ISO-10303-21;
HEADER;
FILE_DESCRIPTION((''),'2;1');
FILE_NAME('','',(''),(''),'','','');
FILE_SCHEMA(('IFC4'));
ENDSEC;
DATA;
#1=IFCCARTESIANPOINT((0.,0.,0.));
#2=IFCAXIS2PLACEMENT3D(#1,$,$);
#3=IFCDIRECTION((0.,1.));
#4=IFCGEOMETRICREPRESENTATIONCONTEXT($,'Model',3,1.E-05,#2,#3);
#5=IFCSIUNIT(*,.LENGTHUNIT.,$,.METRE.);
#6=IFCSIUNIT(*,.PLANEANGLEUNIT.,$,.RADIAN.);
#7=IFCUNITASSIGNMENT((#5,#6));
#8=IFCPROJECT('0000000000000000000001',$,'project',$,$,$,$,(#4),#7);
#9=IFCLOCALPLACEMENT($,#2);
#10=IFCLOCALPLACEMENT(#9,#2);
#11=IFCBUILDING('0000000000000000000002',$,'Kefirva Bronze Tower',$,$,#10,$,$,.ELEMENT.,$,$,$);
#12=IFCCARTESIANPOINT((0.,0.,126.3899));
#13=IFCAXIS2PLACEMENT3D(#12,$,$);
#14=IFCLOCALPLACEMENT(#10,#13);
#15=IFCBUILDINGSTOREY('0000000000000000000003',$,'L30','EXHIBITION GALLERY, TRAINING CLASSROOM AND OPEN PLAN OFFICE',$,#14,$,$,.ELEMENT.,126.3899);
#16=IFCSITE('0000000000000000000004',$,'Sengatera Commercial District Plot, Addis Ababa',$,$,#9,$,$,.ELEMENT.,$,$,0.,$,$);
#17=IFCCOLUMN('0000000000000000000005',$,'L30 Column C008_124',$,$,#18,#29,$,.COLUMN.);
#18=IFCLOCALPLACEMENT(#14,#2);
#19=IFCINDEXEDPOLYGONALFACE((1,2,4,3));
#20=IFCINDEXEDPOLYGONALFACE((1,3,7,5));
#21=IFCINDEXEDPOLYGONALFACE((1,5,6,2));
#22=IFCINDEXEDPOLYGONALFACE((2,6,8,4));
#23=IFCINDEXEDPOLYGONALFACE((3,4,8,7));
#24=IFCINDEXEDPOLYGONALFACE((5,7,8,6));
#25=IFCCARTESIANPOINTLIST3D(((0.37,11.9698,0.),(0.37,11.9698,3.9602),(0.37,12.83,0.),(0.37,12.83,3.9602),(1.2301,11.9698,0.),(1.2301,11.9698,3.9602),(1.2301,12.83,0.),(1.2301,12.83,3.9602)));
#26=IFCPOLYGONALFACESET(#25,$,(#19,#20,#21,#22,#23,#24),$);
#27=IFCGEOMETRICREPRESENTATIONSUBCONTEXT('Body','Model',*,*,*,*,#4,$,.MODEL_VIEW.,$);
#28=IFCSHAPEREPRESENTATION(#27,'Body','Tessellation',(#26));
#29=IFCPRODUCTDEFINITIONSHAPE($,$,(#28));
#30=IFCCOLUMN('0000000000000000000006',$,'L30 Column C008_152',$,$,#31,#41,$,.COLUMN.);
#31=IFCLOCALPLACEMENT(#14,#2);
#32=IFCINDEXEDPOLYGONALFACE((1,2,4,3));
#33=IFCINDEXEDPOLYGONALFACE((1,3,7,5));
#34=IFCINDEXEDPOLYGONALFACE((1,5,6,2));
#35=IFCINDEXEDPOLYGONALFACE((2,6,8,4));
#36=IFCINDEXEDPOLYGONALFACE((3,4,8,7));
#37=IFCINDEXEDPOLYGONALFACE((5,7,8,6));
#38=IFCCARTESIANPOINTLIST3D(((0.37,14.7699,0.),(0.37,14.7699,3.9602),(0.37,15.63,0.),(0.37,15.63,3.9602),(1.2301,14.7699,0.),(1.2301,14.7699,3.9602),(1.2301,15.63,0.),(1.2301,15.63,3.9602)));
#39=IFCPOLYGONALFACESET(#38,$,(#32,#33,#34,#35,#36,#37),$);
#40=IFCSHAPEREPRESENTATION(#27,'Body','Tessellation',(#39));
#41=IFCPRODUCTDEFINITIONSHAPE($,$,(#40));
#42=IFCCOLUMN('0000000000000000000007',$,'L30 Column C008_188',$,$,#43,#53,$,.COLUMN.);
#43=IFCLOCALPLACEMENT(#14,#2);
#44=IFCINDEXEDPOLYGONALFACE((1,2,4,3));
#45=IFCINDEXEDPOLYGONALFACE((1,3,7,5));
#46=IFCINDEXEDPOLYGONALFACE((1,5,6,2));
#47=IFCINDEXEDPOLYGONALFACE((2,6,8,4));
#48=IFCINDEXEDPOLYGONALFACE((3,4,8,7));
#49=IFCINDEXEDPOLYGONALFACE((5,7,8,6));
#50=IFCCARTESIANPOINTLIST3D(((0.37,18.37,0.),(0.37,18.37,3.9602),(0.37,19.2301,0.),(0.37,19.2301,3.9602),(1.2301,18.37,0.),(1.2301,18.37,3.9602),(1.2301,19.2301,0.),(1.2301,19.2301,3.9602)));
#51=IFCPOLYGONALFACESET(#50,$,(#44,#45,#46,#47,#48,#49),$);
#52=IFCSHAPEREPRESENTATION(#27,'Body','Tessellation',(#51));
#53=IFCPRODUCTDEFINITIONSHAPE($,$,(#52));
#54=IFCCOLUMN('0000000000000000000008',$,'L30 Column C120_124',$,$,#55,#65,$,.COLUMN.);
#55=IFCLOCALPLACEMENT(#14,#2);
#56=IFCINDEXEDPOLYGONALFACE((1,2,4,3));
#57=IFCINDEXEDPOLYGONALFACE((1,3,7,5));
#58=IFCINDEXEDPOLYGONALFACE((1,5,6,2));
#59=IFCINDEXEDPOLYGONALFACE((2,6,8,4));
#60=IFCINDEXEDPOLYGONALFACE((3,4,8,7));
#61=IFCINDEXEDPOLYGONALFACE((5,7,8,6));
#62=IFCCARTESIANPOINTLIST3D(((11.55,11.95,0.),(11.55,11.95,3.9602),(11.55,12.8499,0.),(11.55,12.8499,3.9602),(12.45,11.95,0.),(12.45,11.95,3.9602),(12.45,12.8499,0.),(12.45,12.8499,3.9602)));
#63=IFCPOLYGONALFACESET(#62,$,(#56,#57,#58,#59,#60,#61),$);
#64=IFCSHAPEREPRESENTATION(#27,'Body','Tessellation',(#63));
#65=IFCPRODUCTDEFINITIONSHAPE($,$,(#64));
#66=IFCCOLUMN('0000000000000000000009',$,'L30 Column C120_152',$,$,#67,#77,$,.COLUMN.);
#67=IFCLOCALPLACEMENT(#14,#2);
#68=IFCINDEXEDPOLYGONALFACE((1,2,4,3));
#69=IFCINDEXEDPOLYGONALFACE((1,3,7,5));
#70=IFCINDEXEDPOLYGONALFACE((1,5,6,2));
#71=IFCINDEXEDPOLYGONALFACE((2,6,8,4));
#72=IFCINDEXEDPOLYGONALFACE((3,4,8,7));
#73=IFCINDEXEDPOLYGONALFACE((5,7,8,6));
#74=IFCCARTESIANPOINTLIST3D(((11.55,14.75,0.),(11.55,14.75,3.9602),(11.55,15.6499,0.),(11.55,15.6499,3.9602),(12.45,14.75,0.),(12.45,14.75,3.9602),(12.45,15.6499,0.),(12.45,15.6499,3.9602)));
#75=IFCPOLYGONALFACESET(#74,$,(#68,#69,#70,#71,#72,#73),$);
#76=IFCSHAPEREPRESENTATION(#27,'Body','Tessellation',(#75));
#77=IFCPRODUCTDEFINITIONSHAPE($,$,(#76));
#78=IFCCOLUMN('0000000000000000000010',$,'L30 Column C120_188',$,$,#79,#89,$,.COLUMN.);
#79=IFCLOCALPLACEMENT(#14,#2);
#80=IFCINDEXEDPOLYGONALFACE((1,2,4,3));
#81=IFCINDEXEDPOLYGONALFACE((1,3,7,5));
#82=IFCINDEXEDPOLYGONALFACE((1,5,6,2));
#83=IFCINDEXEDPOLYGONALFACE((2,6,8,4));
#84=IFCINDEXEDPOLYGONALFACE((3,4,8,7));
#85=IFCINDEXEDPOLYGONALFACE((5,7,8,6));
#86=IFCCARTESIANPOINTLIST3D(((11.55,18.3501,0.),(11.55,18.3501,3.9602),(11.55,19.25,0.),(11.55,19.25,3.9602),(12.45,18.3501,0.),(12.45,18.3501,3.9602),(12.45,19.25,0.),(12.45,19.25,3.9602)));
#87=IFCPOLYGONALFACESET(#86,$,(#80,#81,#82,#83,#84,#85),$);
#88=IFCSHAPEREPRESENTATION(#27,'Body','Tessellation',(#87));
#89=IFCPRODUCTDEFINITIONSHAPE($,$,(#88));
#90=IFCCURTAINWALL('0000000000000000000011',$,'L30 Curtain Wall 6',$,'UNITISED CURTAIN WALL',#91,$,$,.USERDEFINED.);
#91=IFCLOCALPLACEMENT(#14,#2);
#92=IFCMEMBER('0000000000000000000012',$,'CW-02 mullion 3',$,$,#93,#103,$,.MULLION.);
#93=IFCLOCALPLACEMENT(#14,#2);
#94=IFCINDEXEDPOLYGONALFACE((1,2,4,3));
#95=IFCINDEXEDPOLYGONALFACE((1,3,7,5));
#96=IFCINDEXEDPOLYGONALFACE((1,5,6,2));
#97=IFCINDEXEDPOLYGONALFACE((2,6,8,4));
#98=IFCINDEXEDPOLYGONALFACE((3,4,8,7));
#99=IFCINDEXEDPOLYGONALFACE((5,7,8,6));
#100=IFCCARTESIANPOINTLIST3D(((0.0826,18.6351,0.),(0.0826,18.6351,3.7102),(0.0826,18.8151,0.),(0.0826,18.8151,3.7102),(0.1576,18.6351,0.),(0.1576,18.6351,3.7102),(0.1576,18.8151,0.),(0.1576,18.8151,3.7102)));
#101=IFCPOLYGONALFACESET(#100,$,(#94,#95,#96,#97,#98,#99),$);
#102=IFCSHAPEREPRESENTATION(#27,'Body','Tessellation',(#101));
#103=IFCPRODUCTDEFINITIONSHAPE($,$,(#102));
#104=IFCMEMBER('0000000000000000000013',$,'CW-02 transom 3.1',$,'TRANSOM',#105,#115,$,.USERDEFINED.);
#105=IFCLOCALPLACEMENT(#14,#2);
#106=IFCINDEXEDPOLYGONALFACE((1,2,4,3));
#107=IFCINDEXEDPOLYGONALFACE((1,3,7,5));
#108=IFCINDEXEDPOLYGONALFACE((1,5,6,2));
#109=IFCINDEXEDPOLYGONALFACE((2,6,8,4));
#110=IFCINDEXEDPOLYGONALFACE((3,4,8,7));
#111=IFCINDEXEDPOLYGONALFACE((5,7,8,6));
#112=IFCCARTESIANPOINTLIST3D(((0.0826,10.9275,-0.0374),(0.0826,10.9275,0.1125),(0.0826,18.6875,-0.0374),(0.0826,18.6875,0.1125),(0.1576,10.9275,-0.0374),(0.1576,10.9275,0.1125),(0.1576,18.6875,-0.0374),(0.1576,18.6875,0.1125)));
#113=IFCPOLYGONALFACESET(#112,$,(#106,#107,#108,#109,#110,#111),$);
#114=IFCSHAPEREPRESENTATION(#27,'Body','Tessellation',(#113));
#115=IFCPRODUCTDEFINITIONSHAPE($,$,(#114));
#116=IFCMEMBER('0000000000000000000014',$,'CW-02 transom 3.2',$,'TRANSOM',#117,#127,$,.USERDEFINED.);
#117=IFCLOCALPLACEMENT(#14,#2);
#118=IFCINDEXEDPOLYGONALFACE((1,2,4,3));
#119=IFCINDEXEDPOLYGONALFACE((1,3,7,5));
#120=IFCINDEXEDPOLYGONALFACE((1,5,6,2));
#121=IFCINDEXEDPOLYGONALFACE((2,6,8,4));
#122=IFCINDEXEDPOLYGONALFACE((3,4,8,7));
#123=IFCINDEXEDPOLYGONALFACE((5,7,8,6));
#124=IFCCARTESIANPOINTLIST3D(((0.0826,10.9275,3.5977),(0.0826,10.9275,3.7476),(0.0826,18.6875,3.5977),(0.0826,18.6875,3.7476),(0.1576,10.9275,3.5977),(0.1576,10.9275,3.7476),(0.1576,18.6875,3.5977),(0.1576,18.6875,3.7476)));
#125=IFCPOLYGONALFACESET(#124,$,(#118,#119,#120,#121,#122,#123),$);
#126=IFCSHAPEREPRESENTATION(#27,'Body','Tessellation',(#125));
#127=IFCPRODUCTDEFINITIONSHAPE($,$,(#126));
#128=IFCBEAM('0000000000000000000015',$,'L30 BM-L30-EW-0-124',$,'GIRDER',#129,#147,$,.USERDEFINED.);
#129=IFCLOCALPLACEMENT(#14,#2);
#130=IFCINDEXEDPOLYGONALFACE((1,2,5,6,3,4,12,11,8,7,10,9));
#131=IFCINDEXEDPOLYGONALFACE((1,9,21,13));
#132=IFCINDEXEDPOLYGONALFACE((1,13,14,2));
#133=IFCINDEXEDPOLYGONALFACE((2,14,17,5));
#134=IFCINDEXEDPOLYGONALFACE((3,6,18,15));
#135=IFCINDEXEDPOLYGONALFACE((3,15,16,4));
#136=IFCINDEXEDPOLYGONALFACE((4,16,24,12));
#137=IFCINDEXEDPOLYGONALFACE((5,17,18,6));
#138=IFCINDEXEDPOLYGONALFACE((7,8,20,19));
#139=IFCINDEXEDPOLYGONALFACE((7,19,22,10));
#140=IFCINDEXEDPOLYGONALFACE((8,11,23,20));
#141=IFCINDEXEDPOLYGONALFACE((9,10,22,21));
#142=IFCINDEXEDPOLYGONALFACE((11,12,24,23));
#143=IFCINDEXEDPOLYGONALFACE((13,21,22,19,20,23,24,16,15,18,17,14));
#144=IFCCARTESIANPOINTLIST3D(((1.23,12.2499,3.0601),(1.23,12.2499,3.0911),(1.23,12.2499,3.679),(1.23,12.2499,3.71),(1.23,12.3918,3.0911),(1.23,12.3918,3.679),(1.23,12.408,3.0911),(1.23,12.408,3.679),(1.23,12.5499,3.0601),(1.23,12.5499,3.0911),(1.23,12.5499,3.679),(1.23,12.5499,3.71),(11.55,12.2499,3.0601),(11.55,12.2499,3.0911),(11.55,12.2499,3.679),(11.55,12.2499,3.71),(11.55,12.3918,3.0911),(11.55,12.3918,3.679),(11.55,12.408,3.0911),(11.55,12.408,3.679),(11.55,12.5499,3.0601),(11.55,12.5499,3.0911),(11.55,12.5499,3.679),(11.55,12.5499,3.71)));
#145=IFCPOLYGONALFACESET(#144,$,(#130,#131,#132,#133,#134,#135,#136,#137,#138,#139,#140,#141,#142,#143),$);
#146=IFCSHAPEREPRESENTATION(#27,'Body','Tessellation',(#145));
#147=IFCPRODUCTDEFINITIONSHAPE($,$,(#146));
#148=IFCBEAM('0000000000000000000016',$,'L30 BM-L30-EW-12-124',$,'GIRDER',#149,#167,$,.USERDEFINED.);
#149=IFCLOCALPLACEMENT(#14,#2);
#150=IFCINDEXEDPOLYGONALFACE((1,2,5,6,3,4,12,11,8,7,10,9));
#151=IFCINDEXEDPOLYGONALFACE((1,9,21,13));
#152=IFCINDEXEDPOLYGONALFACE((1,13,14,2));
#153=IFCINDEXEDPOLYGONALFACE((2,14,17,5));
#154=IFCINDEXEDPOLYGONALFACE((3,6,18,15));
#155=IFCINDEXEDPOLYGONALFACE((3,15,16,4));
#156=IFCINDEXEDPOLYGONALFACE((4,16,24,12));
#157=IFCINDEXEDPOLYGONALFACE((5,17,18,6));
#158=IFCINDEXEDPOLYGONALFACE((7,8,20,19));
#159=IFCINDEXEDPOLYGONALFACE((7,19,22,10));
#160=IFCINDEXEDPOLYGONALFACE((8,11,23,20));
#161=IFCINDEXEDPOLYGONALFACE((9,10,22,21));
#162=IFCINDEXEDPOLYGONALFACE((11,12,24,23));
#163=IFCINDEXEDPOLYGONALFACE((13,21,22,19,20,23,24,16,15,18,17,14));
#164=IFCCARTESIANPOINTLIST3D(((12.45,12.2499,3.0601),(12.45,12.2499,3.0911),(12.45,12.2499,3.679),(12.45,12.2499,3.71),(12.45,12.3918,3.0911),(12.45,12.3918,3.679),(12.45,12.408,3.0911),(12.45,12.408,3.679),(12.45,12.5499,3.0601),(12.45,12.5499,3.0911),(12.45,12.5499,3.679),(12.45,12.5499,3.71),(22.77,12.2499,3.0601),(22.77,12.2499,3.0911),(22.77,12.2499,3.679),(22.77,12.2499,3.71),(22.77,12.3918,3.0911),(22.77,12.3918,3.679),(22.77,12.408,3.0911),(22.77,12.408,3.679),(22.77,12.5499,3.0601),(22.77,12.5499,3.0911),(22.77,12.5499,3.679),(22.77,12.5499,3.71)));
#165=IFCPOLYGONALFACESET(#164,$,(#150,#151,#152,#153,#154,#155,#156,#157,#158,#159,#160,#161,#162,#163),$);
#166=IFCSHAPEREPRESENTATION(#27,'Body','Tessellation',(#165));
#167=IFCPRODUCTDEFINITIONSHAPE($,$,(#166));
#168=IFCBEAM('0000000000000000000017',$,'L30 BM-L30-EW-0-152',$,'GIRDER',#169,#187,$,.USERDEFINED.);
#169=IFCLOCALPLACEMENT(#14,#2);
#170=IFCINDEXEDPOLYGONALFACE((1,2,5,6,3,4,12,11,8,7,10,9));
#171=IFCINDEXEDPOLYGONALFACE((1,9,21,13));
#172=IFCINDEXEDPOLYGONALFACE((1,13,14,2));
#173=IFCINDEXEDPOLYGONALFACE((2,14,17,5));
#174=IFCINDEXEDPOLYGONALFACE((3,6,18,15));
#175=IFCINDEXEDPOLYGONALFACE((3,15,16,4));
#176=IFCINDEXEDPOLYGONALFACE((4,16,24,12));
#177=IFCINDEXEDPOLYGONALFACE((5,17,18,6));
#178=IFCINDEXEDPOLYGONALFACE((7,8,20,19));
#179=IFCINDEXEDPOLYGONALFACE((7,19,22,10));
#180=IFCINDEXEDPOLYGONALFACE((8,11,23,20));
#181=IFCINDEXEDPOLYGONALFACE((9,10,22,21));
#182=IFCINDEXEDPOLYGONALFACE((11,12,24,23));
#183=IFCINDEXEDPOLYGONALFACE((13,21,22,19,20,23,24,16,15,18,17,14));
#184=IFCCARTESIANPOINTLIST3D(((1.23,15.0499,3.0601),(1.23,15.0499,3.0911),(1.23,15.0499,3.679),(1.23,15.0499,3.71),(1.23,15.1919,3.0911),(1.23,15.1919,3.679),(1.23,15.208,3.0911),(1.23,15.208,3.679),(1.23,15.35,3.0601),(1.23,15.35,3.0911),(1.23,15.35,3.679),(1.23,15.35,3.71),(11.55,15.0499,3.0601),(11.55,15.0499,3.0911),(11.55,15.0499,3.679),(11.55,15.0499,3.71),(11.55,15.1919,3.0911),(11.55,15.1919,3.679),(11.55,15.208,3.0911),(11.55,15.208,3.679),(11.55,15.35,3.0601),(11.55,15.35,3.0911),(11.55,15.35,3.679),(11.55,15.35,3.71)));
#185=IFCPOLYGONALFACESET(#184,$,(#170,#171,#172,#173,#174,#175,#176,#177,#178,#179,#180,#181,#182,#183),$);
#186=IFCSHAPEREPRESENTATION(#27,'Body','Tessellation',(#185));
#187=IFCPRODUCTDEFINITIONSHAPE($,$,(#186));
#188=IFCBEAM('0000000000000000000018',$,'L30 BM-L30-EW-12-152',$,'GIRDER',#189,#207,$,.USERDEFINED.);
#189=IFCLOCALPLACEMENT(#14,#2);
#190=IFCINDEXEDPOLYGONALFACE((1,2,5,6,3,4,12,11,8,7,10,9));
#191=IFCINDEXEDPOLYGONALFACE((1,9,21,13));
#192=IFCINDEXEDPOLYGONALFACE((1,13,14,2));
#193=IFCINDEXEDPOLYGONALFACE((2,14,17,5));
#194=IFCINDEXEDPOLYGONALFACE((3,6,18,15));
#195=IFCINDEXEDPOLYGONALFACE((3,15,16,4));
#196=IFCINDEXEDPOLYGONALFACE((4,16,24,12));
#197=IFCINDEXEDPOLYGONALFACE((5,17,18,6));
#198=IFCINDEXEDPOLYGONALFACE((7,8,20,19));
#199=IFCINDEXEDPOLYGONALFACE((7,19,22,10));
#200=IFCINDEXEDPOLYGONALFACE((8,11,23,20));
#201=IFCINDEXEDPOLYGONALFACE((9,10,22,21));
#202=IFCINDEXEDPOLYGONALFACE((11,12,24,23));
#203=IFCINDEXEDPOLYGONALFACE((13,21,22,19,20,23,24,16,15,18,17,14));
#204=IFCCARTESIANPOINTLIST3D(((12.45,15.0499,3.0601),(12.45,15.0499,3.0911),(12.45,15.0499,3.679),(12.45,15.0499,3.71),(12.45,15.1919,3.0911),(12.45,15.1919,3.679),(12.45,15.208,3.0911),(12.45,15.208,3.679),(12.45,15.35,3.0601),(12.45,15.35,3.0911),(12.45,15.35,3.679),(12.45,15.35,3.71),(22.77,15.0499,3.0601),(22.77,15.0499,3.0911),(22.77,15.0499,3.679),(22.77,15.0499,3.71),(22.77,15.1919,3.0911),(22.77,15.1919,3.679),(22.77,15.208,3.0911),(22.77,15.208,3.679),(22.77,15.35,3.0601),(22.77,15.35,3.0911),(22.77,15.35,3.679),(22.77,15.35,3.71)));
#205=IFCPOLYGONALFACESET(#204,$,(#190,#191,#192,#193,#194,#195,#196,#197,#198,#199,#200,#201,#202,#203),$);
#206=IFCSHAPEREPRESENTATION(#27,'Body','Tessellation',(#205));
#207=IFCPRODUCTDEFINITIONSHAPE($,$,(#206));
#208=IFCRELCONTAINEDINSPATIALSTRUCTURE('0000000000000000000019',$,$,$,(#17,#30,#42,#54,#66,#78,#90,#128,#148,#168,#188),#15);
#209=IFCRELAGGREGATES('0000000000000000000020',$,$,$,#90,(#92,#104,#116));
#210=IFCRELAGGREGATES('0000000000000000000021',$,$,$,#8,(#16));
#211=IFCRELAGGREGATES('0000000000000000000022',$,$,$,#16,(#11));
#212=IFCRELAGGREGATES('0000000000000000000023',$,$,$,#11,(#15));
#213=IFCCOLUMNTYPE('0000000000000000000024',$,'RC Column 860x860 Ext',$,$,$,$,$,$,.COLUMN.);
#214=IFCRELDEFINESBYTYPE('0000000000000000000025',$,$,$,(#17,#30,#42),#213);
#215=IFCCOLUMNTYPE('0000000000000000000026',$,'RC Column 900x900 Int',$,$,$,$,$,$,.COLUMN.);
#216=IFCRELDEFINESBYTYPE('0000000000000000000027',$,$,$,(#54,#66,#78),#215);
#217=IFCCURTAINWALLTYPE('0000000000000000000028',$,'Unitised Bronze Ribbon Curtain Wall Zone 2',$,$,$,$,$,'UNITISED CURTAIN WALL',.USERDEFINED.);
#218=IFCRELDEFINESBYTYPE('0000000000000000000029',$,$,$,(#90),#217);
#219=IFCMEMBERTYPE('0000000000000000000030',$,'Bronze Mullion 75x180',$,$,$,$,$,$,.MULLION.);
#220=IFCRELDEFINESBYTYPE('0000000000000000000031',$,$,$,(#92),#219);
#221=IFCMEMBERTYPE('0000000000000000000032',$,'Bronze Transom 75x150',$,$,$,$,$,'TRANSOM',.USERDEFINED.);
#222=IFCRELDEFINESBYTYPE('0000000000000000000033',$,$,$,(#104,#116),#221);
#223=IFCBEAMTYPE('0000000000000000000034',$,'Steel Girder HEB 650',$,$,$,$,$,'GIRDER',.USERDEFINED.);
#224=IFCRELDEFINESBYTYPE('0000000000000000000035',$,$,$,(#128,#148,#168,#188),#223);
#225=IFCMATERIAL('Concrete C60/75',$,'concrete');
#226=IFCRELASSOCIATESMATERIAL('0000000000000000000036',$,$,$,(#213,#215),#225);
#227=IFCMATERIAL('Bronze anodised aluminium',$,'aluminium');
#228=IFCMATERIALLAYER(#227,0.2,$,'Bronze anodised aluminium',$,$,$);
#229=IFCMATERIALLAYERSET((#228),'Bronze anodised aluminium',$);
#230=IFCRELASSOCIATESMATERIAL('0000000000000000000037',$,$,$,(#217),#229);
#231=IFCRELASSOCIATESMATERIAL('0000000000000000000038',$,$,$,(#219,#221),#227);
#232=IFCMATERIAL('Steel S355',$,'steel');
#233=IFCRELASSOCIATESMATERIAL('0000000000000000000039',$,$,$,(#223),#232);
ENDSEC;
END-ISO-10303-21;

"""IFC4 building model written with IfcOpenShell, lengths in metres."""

from ifc_helpers import new_model, si_unit, direction, frame, origin, origin_2d, place, context, subcontext, project, spatial, rectangle, i_section, extrude, material, layer, layer_set, material_profile, profile_set, type_object, element, aggregate, save


model = new_model("IFC4")

# Units and contexts
model_context = context("Model", 3, precision=1e-05, world=origin(), true_north=direction((0.0, 1.0)))
body_context = subcontext(model_context, "Body", "Model", "MODEL_VIEW")
ifc_project = project(units=[si_unit("LENGTHUNIT", "METRE"), si_unit("PLANEANGLEUNIT", "RADIAN")], contexts=[model_context])

# Site, building, storey
site_placement = place(None, origin())
site = spatial("IfcSite", under=ifc_project, at=site_placement, Name="Sengatera Commercial District Plot, Addis Ababa", CompositionType="ELEMENT", RefElevation=0.0)
building_placement = place(site_placement, origin())
building = spatial("IfcBuilding", under=site, at=building_placement, Name="Kefirva Bronze Tower", CompositionType="ELEMENT")
storey_placement = place(building_placement, frame((0.0, 0.0, 126.3899)))
storey = spatial("IfcBuildingStorey", under=building, at=storey_placement, Name="L30", Description="EXHIBITION GALLERY, TRAINING CLASSROOM AND OPEN PLAN OFFICE", CompositionType="ELEMENT", Elevation=126.3899)

# Columns
ifc_material_1 = material(Name="Concrete C60/75", Category="concrete")
ifc_material_profile_1 = material_profile(ifc_material_1, rectangle(XDim=0.8601, YDim=0.8601, at=origin_2d()), Name="RC 860x860")
ifc_profile_set_1 = profile_set([ifc_material_profile_1], Name="Concrete C60/75")
column_type_1 = type_object("IfcColumnType", Name="RC Column 860x860 Ext", PredefinedType="COLUMN", material=ifc_profile_set_1)
for number, where, z_axis, x_axis, name in (
    (1, (0.8, 12.3999, 0.0), (0.0, 0.0, 1.0), (1.0, 0.0, 0.0), "L30 Column C008_124"),
    (2, (0.8, 15.2, 0.0), (0.0, 0.0, 1.0), (1.0, 0.0, 0.0), "L30 Column C008_152"),
    (3, (0.8, 18.8, 0.0), (0.0, 0.0, 1.0), (1.0, 0.0, 0.0), "L30 Column C008_188"),
):
    element("IfcColumn", number, at=place(storey_placement, frame(where, z_axis=z_axis, x_axis=x_axis)), inside=storey, type_object=column_type_1, Name=name, PredefinedType="COLUMN", context=body_context, shape_type="SweptSolid", body=[
        extrude(rectangle(XDim=0.8601, YDim=0.8601, at=origin_2d()), origin(), (0.0, 0.0, 1.0), 3.9602),
    ])
ifc_material_profile_2 = material_profile(ifc_material_1, rectangle(XDim=0.8999, YDim=0.8999, at=origin_2d()), Name="RC 900x900")
ifc_profile_set_2 = profile_set([ifc_material_profile_2], Name="Concrete C60/75")
column_type_2 = type_object("IfcColumnType", Name="RC Column 900x900 Int", PredefinedType="COLUMN", material=ifc_profile_set_2)
for number, where, z_axis, x_axis, name in (
    (4, (12.0, 12.3999, 0.0), (0.0, 0.0, 1.0), (1.0, 0.0, 0.0), "L30 Column C120_124"),
    (5, (12.0, 15.2, 0.0), (0.0, 0.0, 1.0), (1.0, 0.0, 0.0), "L30 Column C120_152"),
    (6, (12.0, 18.8, 0.0), (0.0, 0.0, 1.0), (1.0, 0.0, 0.0), "L30 Column C120_188"),
):
    element("IfcColumn", number, at=place(storey_placement, frame(where, z_axis=z_axis, x_axis=x_axis)), inside=storey, type_object=column_type_2, Name=name, PredefinedType="COLUMN", context=body_context, shape_type="SweptSolid", body=[
        extrude(rectangle(XDim=0.8999, YDim=0.8999, at=origin_2d()), origin(), (0.0, 0.0, 1.0), 3.9602),
    ])

# Curtain wall, members
ifc_material_2 = material(Name="Bronze anodised aluminium", Category="aluminium")
ifc_layer_1 = layer(ifc_material_2, 0.2, Name="Bronze anodised aluminium")
ifc_layer_set_1 = layer_set([ifc_layer_1], Name="Bronze anodised aluminium")
curtain_wall_type = type_object("IfcCurtainWallType", Name="Unitised Bronze Ribbon Curtain Wall Zone 2", ElementType="UNITISED CURTAIN WALL", PredefinedType="USERDEFINED", material=ifc_layer_set_1)
curtain_wall_placement = place(storey_placement, origin())
curtain_wall = element("IfcCurtainWall", 7, at=curtain_wall_placement, inside=storey, type_object=curtain_wall_type, Name="L30 Curtain Wall 6", ObjectType="UNITISED CURTAIN WALL", PredefinedType="USERDEFINED")
ifc_material_profile_3 = material_profile(ifc_material_2, rectangle(XDim=0.075, YDim=0.1799, at=origin_2d()), Name="ALU 75x180")
ifc_profile_set_3 = profile_set([ifc_material_profile_3], Name="Bronze anodised aluminium")
member_type_1 = type_object("IfcMemberType", Name="Bronze Mullion 75x180", PredefinedType="MULLION", material=ifc_profile_set_3)
member_1_placement = place(storey_placement, frame((0.1201, 18.7251, 0.0), z_axis=(0.0, 0.0, 1.0), x_axis=(1.0, 0.0, 0.0)))
member_1 = element("IfcMember", 8, at=member_1_placement, type_object=member_type_1, Name="CW-02 mullion 3", PredefinedType="MULLION", context=body_context, shape_type="SweptSolid", body=[
    extrude(rectangle(XDim=0.075, YDim=0.1799, at=origin_2d()), origin(), (0.0, 0.0, 1.0), 3.7102),
])
ifc_material_profile_4 = material_profile(ifc_material_2, rectangle(XDim=0.075, YDim=0.1499, at=origin_2d()), Name="ALU 75x150")
ifc_profile_set_4 = profile_set([ifc_material_profile_4], Name="Bronze anodised aluminium")
member_type_2 = type_object("IfcMemberType", Name="Bronze Transom 75x150", ElementType="TRANSOM", PredefinedType="USERDEFINED", material=ifc_profile_set_4)
member_2_placement = place(storey_placement, frame((0.1201, 18.6875, 0.0376), z_axis=(0.0, -1.0, 0.0), x_axis=(1.0, 0.0, 0.0)))
member_2 = element("IfcMember", 9, at=member_2_placement, type_object=member_type_2, Name="CW-02 transom 3.1", ObjectType="TRANSOM", PredefinedType="USERDEFINED", context=body_context, shape_type="SweptSolid", body=[
    extrude(rectangle(XDim=0.075, YDim=0.1499, at=origin_2d()), origin(), (0.0, 0.0, 1.0), 7.76),
])
member_3_placement = place(storey_placement, frame((0.1201, 18.6875, 3.6726), z_axis=(0.0, -1.0, 0.0), x_axis=(1.0, 0.0, 0.0)))
member_3 = element("IfcMember", 10, at=member_3_placement, type_object=member_type_2, Name="CW-02 transom 3.2", ObjectType="TRANSOM", PredefinedType="USERDEFINED", context=body_context, shape_type="SweptSolid", body=[
    extrude(rectangle(XDim=0.075, YDim=0.1499, at=origin_2d()), origin(), (0.0, 0.0, 1.0), 7.76),
])

# Beams
ifc_material_3 = material(Name="Steel S355", Category="steel")
ifc_material_profile_5 = material_profile(ifc_material_3, i_section(OverallWidth=0.3, OverallDepth=0.6499, WebThickness=0.0161, FlangeThickness=0.031, at=origin_2d()), Name="HEB 650")
ifc_profile_set_5 = profile_set([ifc_material_profile_5], Name="Steel S355")
beam_type_1 = type_object("IfcBeamType", Name="Steel Girder HEB 650", ElementType="GIRDER", PredefinedType="USERDEFINED", material=ifc_profile_set_5)
for number, where, z_axis, x_axis, name in (
    (11, (1.23, 12.3999, 3.385), (1.0, 0.0, 0.0), (0.0, 1.0, 0.0), "L30 BM-L30-EW-0-124"),
    (12, (12.45, 12.3999, 3.385), (1.0, 0.0, 0.0), (0.0, 1.0, 0.0), "L30 BM-L30-EW-12-124"),
    (13, (1.23, 15.2, 3.385), (1.0, 0.0, 0.0), (0.0, 1.0, 0.0), "L30 BM-L30-EW-0-152"),
    (14, (12.45, 15.2, 3.385), (1.0, 0.0, 0.0), (0.0, 1.0, 0.0), "L30 BM-L30-EW-12-152"),
):
    element("IfcBeam", number, at=place(storey_placement, frame(where, z_axis=z_axis, x_axis=x_axis)), inside=storey, type_object=beam_type_1, Name=name, ObjectType="GIRDER", PredefinedType="USERDEFINED", context=body_context, shape_type="SweptSolid", body=[
        extrude(i_section(OverallWidth=0.3, OverallDepth=0.6499, WebThickness=0.0161, FlangeThickness=0.031, at=origin_2d()), origin(), (0.0, 0.0, 1.0), 10.3201),
    ])

aggregate(curtain_wall, [member_1, member_2, member_3])

save(model, "model.ifc")
